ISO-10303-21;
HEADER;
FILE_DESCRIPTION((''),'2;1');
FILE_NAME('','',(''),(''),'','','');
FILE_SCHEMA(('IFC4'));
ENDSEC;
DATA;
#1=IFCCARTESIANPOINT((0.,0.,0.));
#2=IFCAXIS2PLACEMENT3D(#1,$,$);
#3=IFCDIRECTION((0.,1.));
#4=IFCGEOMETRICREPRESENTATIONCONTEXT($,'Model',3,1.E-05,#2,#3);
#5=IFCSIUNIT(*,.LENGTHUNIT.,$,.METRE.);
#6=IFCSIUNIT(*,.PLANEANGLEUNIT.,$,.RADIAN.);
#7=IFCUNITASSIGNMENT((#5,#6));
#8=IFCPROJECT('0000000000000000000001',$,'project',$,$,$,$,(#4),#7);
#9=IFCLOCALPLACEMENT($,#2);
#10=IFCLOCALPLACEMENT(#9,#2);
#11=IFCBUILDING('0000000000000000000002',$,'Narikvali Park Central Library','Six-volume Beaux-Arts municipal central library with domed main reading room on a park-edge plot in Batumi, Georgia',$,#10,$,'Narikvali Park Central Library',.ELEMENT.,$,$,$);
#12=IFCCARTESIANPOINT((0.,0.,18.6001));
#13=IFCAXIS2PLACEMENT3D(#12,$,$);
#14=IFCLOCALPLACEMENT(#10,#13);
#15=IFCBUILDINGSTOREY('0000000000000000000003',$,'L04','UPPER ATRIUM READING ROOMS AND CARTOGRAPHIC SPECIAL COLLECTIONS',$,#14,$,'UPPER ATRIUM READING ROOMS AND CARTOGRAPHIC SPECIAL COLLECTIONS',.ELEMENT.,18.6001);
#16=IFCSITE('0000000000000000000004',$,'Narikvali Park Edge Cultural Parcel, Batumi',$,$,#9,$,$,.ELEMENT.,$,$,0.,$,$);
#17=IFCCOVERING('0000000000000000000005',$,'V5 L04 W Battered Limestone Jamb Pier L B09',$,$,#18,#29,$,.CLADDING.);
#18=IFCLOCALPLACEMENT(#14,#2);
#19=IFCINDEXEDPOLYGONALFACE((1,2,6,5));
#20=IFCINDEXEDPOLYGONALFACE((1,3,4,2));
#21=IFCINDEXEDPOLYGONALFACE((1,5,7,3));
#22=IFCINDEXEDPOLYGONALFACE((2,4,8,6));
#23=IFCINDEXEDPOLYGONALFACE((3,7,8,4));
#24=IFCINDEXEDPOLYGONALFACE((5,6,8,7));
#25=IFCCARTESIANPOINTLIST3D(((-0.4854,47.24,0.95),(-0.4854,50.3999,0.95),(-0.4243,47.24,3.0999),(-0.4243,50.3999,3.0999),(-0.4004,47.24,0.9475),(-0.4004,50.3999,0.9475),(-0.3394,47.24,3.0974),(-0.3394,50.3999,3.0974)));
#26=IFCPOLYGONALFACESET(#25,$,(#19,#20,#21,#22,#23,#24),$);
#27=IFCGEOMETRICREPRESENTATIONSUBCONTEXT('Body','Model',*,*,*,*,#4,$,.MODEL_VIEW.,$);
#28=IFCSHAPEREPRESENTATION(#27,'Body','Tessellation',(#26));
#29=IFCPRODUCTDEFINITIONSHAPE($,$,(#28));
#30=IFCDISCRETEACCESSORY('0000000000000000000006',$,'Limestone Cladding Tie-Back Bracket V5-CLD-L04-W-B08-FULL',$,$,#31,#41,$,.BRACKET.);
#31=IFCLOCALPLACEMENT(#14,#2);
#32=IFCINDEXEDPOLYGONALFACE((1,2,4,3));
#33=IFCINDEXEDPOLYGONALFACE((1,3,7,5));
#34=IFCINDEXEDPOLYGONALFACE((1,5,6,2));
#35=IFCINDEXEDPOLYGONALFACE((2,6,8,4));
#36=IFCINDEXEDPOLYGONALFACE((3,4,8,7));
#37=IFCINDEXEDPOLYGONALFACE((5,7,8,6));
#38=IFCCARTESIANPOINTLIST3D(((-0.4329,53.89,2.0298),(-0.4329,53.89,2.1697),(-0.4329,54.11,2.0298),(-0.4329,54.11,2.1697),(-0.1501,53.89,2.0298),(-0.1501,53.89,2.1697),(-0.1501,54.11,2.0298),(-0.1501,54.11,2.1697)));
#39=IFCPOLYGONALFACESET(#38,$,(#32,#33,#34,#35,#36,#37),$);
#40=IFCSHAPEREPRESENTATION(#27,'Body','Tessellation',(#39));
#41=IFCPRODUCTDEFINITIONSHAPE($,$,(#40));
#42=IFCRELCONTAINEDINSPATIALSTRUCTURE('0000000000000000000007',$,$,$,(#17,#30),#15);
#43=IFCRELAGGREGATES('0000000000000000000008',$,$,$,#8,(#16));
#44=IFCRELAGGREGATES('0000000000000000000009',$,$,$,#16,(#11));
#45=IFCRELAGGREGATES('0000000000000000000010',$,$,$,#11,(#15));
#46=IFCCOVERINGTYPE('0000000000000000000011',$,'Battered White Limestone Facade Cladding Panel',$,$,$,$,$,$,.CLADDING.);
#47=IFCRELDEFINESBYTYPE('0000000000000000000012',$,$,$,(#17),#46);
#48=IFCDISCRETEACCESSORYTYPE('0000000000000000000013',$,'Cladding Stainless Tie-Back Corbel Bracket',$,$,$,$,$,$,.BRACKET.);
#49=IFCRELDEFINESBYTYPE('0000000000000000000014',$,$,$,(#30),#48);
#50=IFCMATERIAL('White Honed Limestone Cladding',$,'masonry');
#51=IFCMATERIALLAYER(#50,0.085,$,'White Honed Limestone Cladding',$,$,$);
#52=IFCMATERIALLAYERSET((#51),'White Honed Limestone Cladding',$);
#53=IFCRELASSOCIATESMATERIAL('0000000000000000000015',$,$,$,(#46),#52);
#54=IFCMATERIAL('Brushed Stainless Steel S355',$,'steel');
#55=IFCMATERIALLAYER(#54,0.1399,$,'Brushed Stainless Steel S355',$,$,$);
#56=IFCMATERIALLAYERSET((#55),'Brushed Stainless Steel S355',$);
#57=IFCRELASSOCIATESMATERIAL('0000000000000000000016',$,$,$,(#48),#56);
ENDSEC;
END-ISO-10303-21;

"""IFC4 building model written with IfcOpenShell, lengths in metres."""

from ifc_helpers import new_model, si_unit, direction, frame, origin, origin_2d, place, context, subcontext, project, spatial, polyline, rectangle, outline, extrude, material, layer, layer_set, type_object, element, save


model = new_model("IFC4")

# Units and contexts
model_context = context("Model", 3, precision=1e-05, world=origin(), true_north=direction((0.0, 1.0)))
body_context = subcontext(model_context, "Body", "Model", "MODEL_VIEW")
ifc_project = project(units=[si_unit("LENGTHUNIT", "METRE"), si_unit("PLANEANGLEUNIT", "RADIAN")], contexts=[model_context])

# Site, building, storey
site_placement = place(None, origin())
site = spatial("IfcSite", under=ifc_project, at=site_placement, Name="Narikvali Park Edge Cultural Parcel, Batumi", CompositionType="ELEMENT", RefElevation=0.0)
building_placement = place(site_placement, origin())
building = spatial("IfcBuilding", under=site, at=building_placement, Name="Narikvali Park Central Library", Description="Six-volume Beaux-Arts municipal central library with domed main reading room on a park-edge plot in Batumi, Georgia", LongName="Narikvali Park Central Library", CompositionType="ELEMENT")
storey_placement = place(building_placement, frame((0.0, 0.0, 18.6001)))
storey = spatial("IfcBuildingStorey", under=building, at=storey_placement, Name="L04", Description="UPPER ATRIUM READING ROOMS AND CARTOGRAPHIC SPECIAL COLLECTIONS", LongName="UPPER ATRIUM READING ROOMS AND CARTOGRAPHIC SPECIAL COLLECTIONS", CompositionType="ELEMENT", Elevation=18.6001)

# Covering
ifc_material_1 = material(Name="White Honed Limestone Cladding", Category="masonry")
ifc_layer_1 = layer(ifc_material_1, 0.085, Name="White Honed Limestone Cladding")
ifc_layer_set_1 = layer_set([ifc_layer_1], Name="White Honed Limestone Cladding")
covering_type = type_object("IfcCoveringType", Name="Battered White Limestone Facade Cladding Panel", PredefinedType="CLADDING", material=ifc_layer_set_1)
covering_1_placement = place(storey_placement, frame((-0.4854, 50.3999, 0.95), z_axis=(-0.999597, 0.0, 0.028378), x_axis=(0.0, -1.0, 0.0)))
element("IfcCovering", 1, at=covering_1_placement, inside=storey, type_object=covering_type, Name="V5 L04 W Battered Limestone Jamb Pier L B09", PredefinedType="CLADDING", context=body_context, shape_type="SweptSolid", body=[
    extrude(outline(polyline([(0.0, 0.0), (3.1599, 0.0), (3.1599, 2.1508), (0.0, 2.1508), (0.0, 0.0)])), origin(), (0.0, 0.0, -1.0), 0.085),
])

# Discrete accessory
ifc_material_2 = material(Name="Brushed Stainless Steel S355", Category="steel")
ifc_layer_2 = layer(ifc_material_2, 0.1399, Name="Brushed Stainless Steel S355")
ifc_layer_set_2 = layer_set([ifc_layer_2], Name="Brushed Stainless Steel S355")
discrete_accessory_type = type_object("IfcDiscreteAccessoryType", Name="Cladding Stainless Tie-Back Corbel Bracket", PredefinedType="BRACKET", material=ifc_layer_set_2)
discrete_accessory_placement = place(storey_placement, frame((-0.2915, 54.0, 2.0298), z_axis=(0.0, 0.0, 1.0), x_axis=(1.0, 0.0, 0.0)))
element("IfcDiscreteAccessory", 2, at=discrete_accessory_placement, inside=storey, type_object=discrete_accessory_type, Name="Limestone Cladding Tie-Back Bracket V5-CLD-L04-W-B08-FULL", PredefinedType="BRACKET", context=body_context, shape_type="SweptSolid", body=[
    extrude(rectangle(XDim=0.2827, YDim=0.22, at=origin_2d()), origin(), (0.0, 0.0, 1.0), 0.1399),
])

save(model, "model.ifc")
